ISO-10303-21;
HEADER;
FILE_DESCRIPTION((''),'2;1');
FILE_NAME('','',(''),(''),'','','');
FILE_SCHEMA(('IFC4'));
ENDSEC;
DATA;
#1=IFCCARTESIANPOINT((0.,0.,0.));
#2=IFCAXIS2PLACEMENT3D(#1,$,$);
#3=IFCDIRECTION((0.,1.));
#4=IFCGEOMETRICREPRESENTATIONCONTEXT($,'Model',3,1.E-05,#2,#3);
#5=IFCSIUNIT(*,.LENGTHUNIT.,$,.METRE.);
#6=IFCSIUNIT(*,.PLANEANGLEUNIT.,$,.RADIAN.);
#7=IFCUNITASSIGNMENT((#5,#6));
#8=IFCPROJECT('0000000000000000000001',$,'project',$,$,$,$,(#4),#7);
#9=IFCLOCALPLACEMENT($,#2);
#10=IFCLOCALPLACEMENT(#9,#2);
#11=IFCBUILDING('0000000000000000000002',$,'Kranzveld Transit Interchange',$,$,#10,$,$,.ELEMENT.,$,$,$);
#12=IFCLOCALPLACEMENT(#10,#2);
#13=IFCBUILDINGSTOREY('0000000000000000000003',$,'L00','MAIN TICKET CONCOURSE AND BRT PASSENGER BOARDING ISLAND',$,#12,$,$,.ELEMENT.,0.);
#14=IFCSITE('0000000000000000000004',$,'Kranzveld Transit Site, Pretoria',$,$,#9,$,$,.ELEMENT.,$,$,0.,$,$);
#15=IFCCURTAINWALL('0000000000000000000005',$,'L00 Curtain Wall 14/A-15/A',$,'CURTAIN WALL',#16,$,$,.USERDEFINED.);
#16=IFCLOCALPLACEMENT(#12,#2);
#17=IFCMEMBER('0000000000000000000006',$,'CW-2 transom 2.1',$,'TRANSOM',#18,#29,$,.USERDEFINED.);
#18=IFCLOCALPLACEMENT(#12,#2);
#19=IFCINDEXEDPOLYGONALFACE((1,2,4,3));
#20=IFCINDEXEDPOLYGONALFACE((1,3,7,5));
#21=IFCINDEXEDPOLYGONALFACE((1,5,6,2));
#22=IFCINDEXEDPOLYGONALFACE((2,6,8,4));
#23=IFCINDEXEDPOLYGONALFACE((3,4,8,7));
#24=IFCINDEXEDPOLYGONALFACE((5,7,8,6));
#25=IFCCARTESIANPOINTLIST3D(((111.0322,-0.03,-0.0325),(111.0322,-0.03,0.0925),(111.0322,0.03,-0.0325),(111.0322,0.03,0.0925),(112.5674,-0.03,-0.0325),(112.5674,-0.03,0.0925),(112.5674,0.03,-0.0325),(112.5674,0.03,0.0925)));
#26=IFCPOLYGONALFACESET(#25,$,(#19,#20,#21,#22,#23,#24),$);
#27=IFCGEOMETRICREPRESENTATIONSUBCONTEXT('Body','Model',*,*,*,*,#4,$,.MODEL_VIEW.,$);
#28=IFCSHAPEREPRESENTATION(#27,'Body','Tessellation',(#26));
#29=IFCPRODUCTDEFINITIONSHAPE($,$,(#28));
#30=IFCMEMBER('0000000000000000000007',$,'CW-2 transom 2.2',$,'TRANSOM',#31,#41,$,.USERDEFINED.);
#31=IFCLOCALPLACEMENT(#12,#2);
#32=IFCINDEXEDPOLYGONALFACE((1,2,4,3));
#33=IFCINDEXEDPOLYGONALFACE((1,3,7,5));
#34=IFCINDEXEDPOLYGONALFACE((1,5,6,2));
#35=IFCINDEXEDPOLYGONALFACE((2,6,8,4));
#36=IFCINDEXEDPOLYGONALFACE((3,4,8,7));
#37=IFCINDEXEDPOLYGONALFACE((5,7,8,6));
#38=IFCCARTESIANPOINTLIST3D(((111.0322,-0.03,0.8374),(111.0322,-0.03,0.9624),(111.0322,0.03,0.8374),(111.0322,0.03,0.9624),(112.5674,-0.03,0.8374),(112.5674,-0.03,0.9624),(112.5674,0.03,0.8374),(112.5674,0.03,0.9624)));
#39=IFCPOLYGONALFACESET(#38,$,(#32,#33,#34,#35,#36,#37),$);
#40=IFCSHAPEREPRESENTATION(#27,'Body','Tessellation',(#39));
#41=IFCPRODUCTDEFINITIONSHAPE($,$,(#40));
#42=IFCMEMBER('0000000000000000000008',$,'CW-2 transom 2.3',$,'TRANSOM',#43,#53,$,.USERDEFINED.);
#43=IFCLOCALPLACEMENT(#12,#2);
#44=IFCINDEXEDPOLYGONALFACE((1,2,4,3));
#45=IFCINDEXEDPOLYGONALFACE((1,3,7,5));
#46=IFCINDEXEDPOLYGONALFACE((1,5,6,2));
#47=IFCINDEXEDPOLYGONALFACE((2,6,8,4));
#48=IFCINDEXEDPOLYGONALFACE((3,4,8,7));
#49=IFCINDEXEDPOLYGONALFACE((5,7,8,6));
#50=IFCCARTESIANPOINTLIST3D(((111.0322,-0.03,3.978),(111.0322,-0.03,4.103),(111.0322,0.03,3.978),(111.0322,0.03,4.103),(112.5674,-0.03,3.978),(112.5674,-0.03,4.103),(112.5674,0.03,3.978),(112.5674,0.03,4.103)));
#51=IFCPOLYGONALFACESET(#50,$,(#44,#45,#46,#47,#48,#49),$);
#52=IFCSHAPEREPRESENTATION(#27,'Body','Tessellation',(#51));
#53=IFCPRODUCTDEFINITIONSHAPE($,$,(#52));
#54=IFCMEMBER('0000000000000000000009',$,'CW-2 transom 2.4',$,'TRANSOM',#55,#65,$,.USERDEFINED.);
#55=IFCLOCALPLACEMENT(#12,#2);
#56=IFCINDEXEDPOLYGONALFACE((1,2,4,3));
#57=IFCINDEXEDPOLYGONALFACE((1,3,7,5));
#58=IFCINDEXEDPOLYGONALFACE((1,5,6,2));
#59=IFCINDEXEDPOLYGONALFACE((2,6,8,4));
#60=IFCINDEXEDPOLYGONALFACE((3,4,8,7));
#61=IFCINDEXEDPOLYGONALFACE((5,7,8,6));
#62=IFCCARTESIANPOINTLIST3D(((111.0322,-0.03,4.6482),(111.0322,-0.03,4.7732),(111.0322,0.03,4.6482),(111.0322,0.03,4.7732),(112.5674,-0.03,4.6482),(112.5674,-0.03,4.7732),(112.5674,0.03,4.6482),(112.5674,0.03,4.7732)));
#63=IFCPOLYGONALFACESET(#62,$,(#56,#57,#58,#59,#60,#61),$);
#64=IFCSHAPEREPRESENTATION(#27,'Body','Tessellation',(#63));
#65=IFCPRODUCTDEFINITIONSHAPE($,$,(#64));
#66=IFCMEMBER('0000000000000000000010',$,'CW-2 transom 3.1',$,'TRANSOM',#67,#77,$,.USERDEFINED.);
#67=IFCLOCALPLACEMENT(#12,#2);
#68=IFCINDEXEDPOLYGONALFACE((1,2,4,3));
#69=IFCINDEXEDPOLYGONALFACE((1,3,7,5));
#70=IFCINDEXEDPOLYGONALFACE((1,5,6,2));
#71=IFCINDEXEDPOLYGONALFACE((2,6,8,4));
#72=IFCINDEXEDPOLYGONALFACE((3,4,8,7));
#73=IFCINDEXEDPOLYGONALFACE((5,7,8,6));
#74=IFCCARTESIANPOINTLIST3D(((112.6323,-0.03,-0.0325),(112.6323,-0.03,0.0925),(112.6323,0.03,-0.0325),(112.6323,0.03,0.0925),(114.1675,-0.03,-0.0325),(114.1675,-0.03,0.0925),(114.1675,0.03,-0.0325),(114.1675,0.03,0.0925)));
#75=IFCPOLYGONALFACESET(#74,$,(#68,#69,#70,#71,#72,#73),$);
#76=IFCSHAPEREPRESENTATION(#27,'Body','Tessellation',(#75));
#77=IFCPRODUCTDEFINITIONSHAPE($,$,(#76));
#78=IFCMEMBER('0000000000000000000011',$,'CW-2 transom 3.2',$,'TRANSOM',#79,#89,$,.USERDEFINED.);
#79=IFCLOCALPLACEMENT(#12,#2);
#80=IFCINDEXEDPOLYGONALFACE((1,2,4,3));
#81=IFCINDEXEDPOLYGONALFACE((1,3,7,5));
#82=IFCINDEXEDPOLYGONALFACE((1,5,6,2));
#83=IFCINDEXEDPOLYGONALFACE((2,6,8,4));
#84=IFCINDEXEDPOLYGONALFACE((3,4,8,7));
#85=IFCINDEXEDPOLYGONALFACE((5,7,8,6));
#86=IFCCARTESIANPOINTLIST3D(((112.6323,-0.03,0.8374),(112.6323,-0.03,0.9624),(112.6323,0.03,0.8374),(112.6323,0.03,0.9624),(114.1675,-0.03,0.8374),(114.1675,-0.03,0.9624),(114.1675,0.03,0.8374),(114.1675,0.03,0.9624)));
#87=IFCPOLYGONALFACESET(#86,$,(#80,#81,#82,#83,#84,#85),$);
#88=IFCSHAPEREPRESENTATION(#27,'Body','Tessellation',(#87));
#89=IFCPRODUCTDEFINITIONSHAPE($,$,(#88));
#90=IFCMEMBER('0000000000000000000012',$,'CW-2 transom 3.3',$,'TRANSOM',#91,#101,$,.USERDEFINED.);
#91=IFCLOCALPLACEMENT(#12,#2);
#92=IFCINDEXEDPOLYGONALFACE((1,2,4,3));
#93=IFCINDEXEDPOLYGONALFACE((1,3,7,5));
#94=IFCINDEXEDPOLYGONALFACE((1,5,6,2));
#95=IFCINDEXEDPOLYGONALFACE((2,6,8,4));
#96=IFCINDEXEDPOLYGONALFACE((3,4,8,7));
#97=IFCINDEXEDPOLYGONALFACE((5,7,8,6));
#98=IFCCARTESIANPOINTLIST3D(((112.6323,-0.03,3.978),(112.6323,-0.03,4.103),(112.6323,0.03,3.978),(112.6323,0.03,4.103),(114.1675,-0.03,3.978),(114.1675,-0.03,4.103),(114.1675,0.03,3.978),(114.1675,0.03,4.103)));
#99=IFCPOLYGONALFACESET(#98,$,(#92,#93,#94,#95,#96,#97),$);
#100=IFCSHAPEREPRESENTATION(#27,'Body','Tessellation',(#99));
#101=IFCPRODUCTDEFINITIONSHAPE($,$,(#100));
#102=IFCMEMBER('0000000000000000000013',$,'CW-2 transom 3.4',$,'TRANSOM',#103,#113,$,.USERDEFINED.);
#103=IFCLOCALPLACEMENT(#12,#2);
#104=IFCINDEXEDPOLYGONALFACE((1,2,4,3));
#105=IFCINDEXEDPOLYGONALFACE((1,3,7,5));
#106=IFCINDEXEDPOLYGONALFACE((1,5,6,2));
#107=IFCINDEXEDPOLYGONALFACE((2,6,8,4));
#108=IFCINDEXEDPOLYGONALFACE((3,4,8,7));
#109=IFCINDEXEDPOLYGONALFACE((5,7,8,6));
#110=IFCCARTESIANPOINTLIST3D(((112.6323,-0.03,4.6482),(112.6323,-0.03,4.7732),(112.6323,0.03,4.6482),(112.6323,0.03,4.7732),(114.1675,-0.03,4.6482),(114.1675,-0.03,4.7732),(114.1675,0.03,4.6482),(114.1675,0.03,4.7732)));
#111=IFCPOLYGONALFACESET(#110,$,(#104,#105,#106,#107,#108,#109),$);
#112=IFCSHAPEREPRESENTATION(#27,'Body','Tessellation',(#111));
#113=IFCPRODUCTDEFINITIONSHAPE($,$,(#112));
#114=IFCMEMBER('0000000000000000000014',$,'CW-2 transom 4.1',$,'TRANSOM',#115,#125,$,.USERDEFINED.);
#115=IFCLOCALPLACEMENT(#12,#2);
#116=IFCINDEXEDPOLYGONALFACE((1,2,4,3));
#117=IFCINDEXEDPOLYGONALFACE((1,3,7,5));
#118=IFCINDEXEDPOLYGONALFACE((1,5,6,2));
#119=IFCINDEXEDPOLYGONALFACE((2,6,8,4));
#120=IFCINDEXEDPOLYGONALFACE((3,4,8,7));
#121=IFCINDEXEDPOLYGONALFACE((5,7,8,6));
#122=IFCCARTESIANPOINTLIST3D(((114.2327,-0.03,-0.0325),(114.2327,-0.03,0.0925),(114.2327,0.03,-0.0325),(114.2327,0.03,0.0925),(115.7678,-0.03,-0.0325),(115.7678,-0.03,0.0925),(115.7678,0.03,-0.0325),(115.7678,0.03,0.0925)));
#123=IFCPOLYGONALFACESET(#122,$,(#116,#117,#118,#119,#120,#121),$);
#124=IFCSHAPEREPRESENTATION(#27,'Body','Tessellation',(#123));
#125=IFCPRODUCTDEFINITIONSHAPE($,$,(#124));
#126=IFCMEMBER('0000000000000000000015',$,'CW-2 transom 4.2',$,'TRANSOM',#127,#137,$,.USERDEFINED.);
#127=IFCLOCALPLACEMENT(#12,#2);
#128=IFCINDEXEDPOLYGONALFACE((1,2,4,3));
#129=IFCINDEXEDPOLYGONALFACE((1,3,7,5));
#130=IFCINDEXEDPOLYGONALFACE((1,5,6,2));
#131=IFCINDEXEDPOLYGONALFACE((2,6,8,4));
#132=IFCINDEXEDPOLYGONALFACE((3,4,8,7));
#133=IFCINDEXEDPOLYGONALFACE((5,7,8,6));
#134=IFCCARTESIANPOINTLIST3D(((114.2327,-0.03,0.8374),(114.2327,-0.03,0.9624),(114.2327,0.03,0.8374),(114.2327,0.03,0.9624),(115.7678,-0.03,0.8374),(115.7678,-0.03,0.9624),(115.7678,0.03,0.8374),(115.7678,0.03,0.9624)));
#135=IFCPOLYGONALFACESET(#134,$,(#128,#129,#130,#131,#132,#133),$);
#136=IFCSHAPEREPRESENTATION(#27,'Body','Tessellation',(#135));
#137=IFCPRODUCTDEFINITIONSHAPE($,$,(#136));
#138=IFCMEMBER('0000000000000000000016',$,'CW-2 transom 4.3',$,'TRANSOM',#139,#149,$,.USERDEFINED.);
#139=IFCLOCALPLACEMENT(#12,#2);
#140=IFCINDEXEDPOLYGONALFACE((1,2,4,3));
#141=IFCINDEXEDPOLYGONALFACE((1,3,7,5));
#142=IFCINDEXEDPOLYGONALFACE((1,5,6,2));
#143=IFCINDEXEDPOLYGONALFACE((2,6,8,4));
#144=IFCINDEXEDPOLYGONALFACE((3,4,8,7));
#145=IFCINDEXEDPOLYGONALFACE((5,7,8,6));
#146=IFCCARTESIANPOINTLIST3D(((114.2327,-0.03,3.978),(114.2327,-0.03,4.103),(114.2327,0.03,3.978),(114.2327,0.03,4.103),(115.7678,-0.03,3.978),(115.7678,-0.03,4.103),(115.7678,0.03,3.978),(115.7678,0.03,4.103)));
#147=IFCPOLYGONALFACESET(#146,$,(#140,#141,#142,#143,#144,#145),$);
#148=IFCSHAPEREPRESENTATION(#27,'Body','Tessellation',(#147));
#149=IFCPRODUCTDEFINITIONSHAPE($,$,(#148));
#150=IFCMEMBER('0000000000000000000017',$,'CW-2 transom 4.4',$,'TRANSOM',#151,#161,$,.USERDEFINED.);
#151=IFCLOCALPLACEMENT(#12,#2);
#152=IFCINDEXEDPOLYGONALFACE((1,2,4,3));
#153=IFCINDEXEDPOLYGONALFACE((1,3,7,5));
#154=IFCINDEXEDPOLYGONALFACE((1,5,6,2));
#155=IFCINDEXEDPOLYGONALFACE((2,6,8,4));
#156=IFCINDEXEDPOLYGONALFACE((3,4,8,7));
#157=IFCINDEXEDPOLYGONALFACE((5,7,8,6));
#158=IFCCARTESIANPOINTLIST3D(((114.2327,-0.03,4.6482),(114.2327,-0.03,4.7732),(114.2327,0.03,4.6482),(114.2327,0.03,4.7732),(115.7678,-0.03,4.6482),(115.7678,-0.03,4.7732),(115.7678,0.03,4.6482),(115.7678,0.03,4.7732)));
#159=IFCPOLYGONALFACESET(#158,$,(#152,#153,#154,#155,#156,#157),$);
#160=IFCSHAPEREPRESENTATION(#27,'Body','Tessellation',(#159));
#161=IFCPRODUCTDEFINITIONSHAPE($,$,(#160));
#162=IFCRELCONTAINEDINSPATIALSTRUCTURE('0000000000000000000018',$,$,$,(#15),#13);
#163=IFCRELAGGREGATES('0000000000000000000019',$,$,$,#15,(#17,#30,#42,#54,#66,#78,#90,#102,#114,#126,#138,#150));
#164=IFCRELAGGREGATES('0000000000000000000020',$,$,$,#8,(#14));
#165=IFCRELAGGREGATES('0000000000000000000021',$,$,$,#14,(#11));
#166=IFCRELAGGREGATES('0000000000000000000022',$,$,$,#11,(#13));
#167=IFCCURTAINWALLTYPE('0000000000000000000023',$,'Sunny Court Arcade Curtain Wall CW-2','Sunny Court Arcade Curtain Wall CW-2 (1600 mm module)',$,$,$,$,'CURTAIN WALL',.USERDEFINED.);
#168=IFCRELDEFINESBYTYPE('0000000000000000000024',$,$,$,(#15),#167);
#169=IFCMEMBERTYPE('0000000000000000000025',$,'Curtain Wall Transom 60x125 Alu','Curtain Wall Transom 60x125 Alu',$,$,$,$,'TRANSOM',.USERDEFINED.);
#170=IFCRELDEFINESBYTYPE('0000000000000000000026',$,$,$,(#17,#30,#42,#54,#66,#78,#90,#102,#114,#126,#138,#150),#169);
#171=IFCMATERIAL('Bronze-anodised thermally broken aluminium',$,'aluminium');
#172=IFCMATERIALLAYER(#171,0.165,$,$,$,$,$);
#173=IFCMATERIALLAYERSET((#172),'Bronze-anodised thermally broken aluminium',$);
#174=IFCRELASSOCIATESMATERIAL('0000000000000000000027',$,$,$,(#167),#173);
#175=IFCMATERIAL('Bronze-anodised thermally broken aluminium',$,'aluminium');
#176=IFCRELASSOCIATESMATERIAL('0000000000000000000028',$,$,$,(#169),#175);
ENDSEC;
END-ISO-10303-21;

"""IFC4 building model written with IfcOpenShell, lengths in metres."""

from ifc_helpers import new_model, si_unit, direction, frame, origin, origin_2d, place, context, subcontext, project, spatial, rectangle, extrude, material, layer, layer_set, material_profile, profile_set, type_object, element, aggregate, save


model = new_model("IFC4")

# Units and contexts
model_context = context("Model", 3, precision=1e-05, world=origin(), true_north=direction((0.0, 1.0)))
body_context = subcontext(model_context, "Body", "Model", "MODEL_VIEW")
ifc_project = project(units=[si_unit("LENGTHUNIT", "METRE"), si_unit("PLANEANGLEUNIT", "RADIAN")], contexts=[model_context])

# Site, building, storey
site_placement = place(None, origin())
site = spatial("IfcSite", under=ifc_project, at=site_placement, Name="Kranzveld Transit Site, Pretoria", CompositionType="ELEMENT", RefElevation=0.0)
building_placement = place(site_placement, origin())
building = spatial("IfcBuilding", under=site, at=building_placement, Name="Kranzveld Transit Interchange", CompositionType="ELEMENT")
storey_placement = place(building_placement, origin())
storey = spatial("IfcBuildingStorey", under=building, at=storey_placement, Name="L00", Description="MAIN TICKET CONCOURSE AND BRT PASSENGER BOARDING ISLAND", CompositionType="ELEMENT", Elevation=0.0)

# Curtain wall, members
ifc_material_1 = material(Name="Bronze-anodised thermally broken aluminium", Category="aluminium")
ifc_layer_1 = layer(ifc_material_1, 0.165)
ifc_layer_set_1 = layer_set([ifc_layer_1], Name="Bronze-anodised thermally broken aluminium")
curtain_wall_type = type_object("IfcCurtainWallType", Name="Sunny Court Arcade Curtain Wall CW-2", Description="Sunny Court Arcade Curtain Wall CW-2 (1600 mm module)", ElementType="CURTAIN WALL", PredefinedType="USERDEFINED", material=ifc_layer_set_1)
curtain_wall_placement = place(storey_placement, origin())
curtain_wall = element("IfcCurtainWall", 1, at=curtain_wall_placement, inside=storey, type_object=curtain_wall_type, Name="L00 Curtain Wall 14/A-15/A", ObjectType="CURTAIN WALL", PredefinedType="USERDEFINED")
ifc_material_2 = material(Name="Bronze-anodised thermally broken aluminium", Category="aluminium")
ifc_material_profile_1 = material_profile(ifc_material_2, rectangle(XDim=0.0601, YDim=0.125, at=origin_2d()), Name="ALU TRANSOM 60x125")
ifc_profile_set_1 = profile_set([ifc_material_profile_1], Name="Bronze-anodised thermally broken aluminium")
member_type_1 = type_object("IfcMemberType", Name="Curtain Wall Transom 60x125 Alu", Description="Curtain Wall Transom 60x125 Alu", ElementType="TRANSOM", PredefinedType="USERDEFINED", material=ifc_profile_set_1)
member_1_placement = place(storey_placement, frame((111.0322, 0.0, 0.03), z_axis=(1.0, 0.0, 0.0), x_axis=(0.0, 1.0, 0.0)))
member_1 = element("IfcMember", 2, at=member_1_placement, type_object=member_type_1, Name="CW-2 transom 2.1", ObjectType="TRANSOM", PredefinedType="USERDEFINED", context=body_context, shape_type="SweptSolid", body=[
    extrude(rectangle(XDim=0.0601, YDim=0.125, at=origin_2d()), origin(), (0.0, 0.0, 1.0), 1.5352),
])
member_2_placement = place(storey_placement, frame((111.0322, 0.0, 0.8999), z_axis=(1.0, 0.0, 0.0), x_axis=(0.0, 1.0, 0.0)))
member_2 = element("IfcMember", 3, at=member_2_placement, type_object=member_type_1, Name="CW-2 transom 2.2", ObjectType="TRANSOM", PredefinedType="USERDEFINED", context=body_context, shape_type="SweptSolid", body=[
    extrude(rectangle(XDim=0.0601, YDim=0.125, at=origin_2d()), origin(), (0.0, 0.0, 1.0), 1.5352),
])
member_3_placement = place(storey_placement, frame((111.0322, 0.0, 4.0405), z_axis=(1.0, 0.0, 0.0), x_axis=(0.0, 1.0, 0.0)))
member_3 = element("IfcMember", 4, at=member_3_placement, type_object=member_type_1, Name="CW-2 transom 2.3", ObjectType="TRANSOM", PredefinedType="USERDEFINED", context=body_context, shape_type="SweptSolid", body=[
    extrude(rectangle(XDim=0.0601, YDim=0.125, at=origin_2d()), origin(), (0.0, 0.0, 1.0), 1.5352),
])
member_4_placement = place(storey_placement, frame((111.0322, 0.0, 4.7107), z_axis=(1.0, 0.0, 0.0), x_axis=(0.0, 1.0, 0.0)))
member_4 = element("IfcMember", 5, at=member_4_placement, type_object=member_type_1, Name="CW-2 transom 2.4", ObjectType="TRANSOM", PredefinedType="USERDEFINED", context=body_context, shape_type="SweptSolid", body=[
    extrude(rectangle(XDim=0.0601, YDim=0.125, at=origin_2d()), origin(), (0.0, 0.0, 1.0), 1.5352),
])
member_5_placement = place(storey_placement, frame((112.6323, 0.0, 0.03), z_axis=(1.0, 0.0, 0.0), x_axis=(0.0, 1.0, 0.0)))
member_5 = element("IfcMember", 6, at=member_5_placement, type_object=member_type_1, Name="CW-2 transom 3.1", ObjectType="TRANSOM", PredefinedType="USERDEFINED", context=body_context, shape_type="SweptSolid", body=[
    extrude(rectangle(XDim=0.0601, YDim=0.125, at=origin_2d()), origin(), (0.0, 0.0, 1.0), 1.5352),
])
member_6_placement = place(storey_placement, frame((112.6323, 0.0, 0.8999), z_axis=(1.0, 0.0, 0.0), x_axis=(0.0, 1.0, 0.0)))
member_6 = element("IfcMember", 7, at=member_6_placement, type_object=member_type_1, Name="CW-2 transom 3.2", ObjectType="TRANSOM", PredefinedType="USERDEFINED", context=body_context, shape_type="SweptSolid", body=[
    extrude(rectangle(XDim=0.0601, YDim=0.125, at=origin_2d()), origin(), (0.0, 0.0, 1.0), 1.5352),
])
member_7_placement = place(storey_placement, frame((112.6323, 0.0, 4.0405), z_axis=(1.0, 0.0, 0.0), x_axis=(0.0, 1.0, 0.0)))
member_7 = element("IfcMember", 8, at=member_7_placement, type_object=member_type_1, Name="CW-2 transom 3.3", ObjectType="TRANSOM", PredefinedType="USERDEFINED", context=body_context, shape_type="SweptSolid", body=[
    extrude(rectangle(XDim=0.0601, YDim=0.125, at=origin_2d()), origin(), (0.0, 0.0, 1.0), 1.5352),
])
member_8_placement = place(storey_placement, frame((112.6323, 0.0, 4.7107), z_axis=(1.0, 0.0, 0.0), x_axis=(0.0, 1.0, 0.0)))
member_8 = element("IfcMember", 9, at=member_8_placement, type_object=member_type_1, Name="CW-2 transom 3.4", ObjectType="TRANSOM", PredefinedType="USERDEFINED", context=body_context, shape_type="SweptSolid", body=[
    extrude(rectangle(XDim=0.0601, YDim=0.125, at=origin_2d()), origin(), (0.0, 0.0, 1.0), 1.5352),
])
member_9_placement = place(storey_placement, frame((114.2327, 0.0, 0.03), z_axis=(1.0, 0.0, 0.0), x_axis=(0.0, 1.0, 0.0)))
member_9 = element("IfcMember", 10, at=member_9_placement, type_object=member_type_1, Name="CW-2 transom 4.1", ObjectType="TRANSOM", PredefinedType="USERDEFINED", context=body_context, shape_type="SweptSolid", body=[
    extrude(rectangle(XDim=0.0601, YDim=0.125, at=origin_2d()), origin(), (0.0, 0.0, 1.0), 1.5352),
])
member_10_placement = place(storey_placement, frame((114.2327, 0.0, 0.8999), z_axis=(1.0, 0.0, 0.0), x_axis=(0.0, 1.0, 0.0)))
member_10 = element("IfcMember", 11, at=member_10_placement, type_object=member_type_1, Name="CW-2 transom 4.2", ObjectType="TRANSOM", PredefinedType="USERDEFINED", context=body_context, shape_type="SweptSolid", body=[
    extrude(rectangle(XDim=0.0601, YDim=0.125, at=origin_2d()), origin(), (0.0, 0.0, 1.0), 1.5352),
])
member_11_placement = place(storey_placement, frame((114.2327, 0.0, 4.0405), z_axis=(1.0, 0.0, 0.0), x_axis=(0.0, 1.0, 0.0)))
member_11 = element("IfcMember", 12, at=member_11_placement, type_object=member_type_1, Name="CW-2 transom 4.3", ObjectType="TRANSOM", PredefinedType="USERDEFINED", context=body_context, shape_type="SweptSolid", body=[
    extrude(rectangle(XDim=0.0601, YDim=0.125, at=origin_2d()), origin(), (0.0, 0.0, 1.0), 1.5352),
])
member_12_placement = place(storey_placement, frame((114.2327, 0.0, 4.7107), z_axis=(1.0, 0.0, 0.0), x_axis=(0.0, 1.0, 0.0)))
member_12 = element("IfcMember", 13, at=member_12_placement, type_object=member_type_1, Name="CW-2 transom 4.4", ObjectType="TRANSOM", PredefinedType="USERDEFINED", context=body_context, shape_type="SweptSolid", body=[
    extrude(rectangle(XDim=0.0601, YDim=0.125, at=origin_2d()), origin(), (0.0, 0.0, 1.0), 1.5352),
])

aggregate(curtain_wall, [member_1, member_2, member_3, member_4, member_5, member_6, member_7, member_8, member_9, member_10, member_11, member_12])

save(model, "model.ifc")
